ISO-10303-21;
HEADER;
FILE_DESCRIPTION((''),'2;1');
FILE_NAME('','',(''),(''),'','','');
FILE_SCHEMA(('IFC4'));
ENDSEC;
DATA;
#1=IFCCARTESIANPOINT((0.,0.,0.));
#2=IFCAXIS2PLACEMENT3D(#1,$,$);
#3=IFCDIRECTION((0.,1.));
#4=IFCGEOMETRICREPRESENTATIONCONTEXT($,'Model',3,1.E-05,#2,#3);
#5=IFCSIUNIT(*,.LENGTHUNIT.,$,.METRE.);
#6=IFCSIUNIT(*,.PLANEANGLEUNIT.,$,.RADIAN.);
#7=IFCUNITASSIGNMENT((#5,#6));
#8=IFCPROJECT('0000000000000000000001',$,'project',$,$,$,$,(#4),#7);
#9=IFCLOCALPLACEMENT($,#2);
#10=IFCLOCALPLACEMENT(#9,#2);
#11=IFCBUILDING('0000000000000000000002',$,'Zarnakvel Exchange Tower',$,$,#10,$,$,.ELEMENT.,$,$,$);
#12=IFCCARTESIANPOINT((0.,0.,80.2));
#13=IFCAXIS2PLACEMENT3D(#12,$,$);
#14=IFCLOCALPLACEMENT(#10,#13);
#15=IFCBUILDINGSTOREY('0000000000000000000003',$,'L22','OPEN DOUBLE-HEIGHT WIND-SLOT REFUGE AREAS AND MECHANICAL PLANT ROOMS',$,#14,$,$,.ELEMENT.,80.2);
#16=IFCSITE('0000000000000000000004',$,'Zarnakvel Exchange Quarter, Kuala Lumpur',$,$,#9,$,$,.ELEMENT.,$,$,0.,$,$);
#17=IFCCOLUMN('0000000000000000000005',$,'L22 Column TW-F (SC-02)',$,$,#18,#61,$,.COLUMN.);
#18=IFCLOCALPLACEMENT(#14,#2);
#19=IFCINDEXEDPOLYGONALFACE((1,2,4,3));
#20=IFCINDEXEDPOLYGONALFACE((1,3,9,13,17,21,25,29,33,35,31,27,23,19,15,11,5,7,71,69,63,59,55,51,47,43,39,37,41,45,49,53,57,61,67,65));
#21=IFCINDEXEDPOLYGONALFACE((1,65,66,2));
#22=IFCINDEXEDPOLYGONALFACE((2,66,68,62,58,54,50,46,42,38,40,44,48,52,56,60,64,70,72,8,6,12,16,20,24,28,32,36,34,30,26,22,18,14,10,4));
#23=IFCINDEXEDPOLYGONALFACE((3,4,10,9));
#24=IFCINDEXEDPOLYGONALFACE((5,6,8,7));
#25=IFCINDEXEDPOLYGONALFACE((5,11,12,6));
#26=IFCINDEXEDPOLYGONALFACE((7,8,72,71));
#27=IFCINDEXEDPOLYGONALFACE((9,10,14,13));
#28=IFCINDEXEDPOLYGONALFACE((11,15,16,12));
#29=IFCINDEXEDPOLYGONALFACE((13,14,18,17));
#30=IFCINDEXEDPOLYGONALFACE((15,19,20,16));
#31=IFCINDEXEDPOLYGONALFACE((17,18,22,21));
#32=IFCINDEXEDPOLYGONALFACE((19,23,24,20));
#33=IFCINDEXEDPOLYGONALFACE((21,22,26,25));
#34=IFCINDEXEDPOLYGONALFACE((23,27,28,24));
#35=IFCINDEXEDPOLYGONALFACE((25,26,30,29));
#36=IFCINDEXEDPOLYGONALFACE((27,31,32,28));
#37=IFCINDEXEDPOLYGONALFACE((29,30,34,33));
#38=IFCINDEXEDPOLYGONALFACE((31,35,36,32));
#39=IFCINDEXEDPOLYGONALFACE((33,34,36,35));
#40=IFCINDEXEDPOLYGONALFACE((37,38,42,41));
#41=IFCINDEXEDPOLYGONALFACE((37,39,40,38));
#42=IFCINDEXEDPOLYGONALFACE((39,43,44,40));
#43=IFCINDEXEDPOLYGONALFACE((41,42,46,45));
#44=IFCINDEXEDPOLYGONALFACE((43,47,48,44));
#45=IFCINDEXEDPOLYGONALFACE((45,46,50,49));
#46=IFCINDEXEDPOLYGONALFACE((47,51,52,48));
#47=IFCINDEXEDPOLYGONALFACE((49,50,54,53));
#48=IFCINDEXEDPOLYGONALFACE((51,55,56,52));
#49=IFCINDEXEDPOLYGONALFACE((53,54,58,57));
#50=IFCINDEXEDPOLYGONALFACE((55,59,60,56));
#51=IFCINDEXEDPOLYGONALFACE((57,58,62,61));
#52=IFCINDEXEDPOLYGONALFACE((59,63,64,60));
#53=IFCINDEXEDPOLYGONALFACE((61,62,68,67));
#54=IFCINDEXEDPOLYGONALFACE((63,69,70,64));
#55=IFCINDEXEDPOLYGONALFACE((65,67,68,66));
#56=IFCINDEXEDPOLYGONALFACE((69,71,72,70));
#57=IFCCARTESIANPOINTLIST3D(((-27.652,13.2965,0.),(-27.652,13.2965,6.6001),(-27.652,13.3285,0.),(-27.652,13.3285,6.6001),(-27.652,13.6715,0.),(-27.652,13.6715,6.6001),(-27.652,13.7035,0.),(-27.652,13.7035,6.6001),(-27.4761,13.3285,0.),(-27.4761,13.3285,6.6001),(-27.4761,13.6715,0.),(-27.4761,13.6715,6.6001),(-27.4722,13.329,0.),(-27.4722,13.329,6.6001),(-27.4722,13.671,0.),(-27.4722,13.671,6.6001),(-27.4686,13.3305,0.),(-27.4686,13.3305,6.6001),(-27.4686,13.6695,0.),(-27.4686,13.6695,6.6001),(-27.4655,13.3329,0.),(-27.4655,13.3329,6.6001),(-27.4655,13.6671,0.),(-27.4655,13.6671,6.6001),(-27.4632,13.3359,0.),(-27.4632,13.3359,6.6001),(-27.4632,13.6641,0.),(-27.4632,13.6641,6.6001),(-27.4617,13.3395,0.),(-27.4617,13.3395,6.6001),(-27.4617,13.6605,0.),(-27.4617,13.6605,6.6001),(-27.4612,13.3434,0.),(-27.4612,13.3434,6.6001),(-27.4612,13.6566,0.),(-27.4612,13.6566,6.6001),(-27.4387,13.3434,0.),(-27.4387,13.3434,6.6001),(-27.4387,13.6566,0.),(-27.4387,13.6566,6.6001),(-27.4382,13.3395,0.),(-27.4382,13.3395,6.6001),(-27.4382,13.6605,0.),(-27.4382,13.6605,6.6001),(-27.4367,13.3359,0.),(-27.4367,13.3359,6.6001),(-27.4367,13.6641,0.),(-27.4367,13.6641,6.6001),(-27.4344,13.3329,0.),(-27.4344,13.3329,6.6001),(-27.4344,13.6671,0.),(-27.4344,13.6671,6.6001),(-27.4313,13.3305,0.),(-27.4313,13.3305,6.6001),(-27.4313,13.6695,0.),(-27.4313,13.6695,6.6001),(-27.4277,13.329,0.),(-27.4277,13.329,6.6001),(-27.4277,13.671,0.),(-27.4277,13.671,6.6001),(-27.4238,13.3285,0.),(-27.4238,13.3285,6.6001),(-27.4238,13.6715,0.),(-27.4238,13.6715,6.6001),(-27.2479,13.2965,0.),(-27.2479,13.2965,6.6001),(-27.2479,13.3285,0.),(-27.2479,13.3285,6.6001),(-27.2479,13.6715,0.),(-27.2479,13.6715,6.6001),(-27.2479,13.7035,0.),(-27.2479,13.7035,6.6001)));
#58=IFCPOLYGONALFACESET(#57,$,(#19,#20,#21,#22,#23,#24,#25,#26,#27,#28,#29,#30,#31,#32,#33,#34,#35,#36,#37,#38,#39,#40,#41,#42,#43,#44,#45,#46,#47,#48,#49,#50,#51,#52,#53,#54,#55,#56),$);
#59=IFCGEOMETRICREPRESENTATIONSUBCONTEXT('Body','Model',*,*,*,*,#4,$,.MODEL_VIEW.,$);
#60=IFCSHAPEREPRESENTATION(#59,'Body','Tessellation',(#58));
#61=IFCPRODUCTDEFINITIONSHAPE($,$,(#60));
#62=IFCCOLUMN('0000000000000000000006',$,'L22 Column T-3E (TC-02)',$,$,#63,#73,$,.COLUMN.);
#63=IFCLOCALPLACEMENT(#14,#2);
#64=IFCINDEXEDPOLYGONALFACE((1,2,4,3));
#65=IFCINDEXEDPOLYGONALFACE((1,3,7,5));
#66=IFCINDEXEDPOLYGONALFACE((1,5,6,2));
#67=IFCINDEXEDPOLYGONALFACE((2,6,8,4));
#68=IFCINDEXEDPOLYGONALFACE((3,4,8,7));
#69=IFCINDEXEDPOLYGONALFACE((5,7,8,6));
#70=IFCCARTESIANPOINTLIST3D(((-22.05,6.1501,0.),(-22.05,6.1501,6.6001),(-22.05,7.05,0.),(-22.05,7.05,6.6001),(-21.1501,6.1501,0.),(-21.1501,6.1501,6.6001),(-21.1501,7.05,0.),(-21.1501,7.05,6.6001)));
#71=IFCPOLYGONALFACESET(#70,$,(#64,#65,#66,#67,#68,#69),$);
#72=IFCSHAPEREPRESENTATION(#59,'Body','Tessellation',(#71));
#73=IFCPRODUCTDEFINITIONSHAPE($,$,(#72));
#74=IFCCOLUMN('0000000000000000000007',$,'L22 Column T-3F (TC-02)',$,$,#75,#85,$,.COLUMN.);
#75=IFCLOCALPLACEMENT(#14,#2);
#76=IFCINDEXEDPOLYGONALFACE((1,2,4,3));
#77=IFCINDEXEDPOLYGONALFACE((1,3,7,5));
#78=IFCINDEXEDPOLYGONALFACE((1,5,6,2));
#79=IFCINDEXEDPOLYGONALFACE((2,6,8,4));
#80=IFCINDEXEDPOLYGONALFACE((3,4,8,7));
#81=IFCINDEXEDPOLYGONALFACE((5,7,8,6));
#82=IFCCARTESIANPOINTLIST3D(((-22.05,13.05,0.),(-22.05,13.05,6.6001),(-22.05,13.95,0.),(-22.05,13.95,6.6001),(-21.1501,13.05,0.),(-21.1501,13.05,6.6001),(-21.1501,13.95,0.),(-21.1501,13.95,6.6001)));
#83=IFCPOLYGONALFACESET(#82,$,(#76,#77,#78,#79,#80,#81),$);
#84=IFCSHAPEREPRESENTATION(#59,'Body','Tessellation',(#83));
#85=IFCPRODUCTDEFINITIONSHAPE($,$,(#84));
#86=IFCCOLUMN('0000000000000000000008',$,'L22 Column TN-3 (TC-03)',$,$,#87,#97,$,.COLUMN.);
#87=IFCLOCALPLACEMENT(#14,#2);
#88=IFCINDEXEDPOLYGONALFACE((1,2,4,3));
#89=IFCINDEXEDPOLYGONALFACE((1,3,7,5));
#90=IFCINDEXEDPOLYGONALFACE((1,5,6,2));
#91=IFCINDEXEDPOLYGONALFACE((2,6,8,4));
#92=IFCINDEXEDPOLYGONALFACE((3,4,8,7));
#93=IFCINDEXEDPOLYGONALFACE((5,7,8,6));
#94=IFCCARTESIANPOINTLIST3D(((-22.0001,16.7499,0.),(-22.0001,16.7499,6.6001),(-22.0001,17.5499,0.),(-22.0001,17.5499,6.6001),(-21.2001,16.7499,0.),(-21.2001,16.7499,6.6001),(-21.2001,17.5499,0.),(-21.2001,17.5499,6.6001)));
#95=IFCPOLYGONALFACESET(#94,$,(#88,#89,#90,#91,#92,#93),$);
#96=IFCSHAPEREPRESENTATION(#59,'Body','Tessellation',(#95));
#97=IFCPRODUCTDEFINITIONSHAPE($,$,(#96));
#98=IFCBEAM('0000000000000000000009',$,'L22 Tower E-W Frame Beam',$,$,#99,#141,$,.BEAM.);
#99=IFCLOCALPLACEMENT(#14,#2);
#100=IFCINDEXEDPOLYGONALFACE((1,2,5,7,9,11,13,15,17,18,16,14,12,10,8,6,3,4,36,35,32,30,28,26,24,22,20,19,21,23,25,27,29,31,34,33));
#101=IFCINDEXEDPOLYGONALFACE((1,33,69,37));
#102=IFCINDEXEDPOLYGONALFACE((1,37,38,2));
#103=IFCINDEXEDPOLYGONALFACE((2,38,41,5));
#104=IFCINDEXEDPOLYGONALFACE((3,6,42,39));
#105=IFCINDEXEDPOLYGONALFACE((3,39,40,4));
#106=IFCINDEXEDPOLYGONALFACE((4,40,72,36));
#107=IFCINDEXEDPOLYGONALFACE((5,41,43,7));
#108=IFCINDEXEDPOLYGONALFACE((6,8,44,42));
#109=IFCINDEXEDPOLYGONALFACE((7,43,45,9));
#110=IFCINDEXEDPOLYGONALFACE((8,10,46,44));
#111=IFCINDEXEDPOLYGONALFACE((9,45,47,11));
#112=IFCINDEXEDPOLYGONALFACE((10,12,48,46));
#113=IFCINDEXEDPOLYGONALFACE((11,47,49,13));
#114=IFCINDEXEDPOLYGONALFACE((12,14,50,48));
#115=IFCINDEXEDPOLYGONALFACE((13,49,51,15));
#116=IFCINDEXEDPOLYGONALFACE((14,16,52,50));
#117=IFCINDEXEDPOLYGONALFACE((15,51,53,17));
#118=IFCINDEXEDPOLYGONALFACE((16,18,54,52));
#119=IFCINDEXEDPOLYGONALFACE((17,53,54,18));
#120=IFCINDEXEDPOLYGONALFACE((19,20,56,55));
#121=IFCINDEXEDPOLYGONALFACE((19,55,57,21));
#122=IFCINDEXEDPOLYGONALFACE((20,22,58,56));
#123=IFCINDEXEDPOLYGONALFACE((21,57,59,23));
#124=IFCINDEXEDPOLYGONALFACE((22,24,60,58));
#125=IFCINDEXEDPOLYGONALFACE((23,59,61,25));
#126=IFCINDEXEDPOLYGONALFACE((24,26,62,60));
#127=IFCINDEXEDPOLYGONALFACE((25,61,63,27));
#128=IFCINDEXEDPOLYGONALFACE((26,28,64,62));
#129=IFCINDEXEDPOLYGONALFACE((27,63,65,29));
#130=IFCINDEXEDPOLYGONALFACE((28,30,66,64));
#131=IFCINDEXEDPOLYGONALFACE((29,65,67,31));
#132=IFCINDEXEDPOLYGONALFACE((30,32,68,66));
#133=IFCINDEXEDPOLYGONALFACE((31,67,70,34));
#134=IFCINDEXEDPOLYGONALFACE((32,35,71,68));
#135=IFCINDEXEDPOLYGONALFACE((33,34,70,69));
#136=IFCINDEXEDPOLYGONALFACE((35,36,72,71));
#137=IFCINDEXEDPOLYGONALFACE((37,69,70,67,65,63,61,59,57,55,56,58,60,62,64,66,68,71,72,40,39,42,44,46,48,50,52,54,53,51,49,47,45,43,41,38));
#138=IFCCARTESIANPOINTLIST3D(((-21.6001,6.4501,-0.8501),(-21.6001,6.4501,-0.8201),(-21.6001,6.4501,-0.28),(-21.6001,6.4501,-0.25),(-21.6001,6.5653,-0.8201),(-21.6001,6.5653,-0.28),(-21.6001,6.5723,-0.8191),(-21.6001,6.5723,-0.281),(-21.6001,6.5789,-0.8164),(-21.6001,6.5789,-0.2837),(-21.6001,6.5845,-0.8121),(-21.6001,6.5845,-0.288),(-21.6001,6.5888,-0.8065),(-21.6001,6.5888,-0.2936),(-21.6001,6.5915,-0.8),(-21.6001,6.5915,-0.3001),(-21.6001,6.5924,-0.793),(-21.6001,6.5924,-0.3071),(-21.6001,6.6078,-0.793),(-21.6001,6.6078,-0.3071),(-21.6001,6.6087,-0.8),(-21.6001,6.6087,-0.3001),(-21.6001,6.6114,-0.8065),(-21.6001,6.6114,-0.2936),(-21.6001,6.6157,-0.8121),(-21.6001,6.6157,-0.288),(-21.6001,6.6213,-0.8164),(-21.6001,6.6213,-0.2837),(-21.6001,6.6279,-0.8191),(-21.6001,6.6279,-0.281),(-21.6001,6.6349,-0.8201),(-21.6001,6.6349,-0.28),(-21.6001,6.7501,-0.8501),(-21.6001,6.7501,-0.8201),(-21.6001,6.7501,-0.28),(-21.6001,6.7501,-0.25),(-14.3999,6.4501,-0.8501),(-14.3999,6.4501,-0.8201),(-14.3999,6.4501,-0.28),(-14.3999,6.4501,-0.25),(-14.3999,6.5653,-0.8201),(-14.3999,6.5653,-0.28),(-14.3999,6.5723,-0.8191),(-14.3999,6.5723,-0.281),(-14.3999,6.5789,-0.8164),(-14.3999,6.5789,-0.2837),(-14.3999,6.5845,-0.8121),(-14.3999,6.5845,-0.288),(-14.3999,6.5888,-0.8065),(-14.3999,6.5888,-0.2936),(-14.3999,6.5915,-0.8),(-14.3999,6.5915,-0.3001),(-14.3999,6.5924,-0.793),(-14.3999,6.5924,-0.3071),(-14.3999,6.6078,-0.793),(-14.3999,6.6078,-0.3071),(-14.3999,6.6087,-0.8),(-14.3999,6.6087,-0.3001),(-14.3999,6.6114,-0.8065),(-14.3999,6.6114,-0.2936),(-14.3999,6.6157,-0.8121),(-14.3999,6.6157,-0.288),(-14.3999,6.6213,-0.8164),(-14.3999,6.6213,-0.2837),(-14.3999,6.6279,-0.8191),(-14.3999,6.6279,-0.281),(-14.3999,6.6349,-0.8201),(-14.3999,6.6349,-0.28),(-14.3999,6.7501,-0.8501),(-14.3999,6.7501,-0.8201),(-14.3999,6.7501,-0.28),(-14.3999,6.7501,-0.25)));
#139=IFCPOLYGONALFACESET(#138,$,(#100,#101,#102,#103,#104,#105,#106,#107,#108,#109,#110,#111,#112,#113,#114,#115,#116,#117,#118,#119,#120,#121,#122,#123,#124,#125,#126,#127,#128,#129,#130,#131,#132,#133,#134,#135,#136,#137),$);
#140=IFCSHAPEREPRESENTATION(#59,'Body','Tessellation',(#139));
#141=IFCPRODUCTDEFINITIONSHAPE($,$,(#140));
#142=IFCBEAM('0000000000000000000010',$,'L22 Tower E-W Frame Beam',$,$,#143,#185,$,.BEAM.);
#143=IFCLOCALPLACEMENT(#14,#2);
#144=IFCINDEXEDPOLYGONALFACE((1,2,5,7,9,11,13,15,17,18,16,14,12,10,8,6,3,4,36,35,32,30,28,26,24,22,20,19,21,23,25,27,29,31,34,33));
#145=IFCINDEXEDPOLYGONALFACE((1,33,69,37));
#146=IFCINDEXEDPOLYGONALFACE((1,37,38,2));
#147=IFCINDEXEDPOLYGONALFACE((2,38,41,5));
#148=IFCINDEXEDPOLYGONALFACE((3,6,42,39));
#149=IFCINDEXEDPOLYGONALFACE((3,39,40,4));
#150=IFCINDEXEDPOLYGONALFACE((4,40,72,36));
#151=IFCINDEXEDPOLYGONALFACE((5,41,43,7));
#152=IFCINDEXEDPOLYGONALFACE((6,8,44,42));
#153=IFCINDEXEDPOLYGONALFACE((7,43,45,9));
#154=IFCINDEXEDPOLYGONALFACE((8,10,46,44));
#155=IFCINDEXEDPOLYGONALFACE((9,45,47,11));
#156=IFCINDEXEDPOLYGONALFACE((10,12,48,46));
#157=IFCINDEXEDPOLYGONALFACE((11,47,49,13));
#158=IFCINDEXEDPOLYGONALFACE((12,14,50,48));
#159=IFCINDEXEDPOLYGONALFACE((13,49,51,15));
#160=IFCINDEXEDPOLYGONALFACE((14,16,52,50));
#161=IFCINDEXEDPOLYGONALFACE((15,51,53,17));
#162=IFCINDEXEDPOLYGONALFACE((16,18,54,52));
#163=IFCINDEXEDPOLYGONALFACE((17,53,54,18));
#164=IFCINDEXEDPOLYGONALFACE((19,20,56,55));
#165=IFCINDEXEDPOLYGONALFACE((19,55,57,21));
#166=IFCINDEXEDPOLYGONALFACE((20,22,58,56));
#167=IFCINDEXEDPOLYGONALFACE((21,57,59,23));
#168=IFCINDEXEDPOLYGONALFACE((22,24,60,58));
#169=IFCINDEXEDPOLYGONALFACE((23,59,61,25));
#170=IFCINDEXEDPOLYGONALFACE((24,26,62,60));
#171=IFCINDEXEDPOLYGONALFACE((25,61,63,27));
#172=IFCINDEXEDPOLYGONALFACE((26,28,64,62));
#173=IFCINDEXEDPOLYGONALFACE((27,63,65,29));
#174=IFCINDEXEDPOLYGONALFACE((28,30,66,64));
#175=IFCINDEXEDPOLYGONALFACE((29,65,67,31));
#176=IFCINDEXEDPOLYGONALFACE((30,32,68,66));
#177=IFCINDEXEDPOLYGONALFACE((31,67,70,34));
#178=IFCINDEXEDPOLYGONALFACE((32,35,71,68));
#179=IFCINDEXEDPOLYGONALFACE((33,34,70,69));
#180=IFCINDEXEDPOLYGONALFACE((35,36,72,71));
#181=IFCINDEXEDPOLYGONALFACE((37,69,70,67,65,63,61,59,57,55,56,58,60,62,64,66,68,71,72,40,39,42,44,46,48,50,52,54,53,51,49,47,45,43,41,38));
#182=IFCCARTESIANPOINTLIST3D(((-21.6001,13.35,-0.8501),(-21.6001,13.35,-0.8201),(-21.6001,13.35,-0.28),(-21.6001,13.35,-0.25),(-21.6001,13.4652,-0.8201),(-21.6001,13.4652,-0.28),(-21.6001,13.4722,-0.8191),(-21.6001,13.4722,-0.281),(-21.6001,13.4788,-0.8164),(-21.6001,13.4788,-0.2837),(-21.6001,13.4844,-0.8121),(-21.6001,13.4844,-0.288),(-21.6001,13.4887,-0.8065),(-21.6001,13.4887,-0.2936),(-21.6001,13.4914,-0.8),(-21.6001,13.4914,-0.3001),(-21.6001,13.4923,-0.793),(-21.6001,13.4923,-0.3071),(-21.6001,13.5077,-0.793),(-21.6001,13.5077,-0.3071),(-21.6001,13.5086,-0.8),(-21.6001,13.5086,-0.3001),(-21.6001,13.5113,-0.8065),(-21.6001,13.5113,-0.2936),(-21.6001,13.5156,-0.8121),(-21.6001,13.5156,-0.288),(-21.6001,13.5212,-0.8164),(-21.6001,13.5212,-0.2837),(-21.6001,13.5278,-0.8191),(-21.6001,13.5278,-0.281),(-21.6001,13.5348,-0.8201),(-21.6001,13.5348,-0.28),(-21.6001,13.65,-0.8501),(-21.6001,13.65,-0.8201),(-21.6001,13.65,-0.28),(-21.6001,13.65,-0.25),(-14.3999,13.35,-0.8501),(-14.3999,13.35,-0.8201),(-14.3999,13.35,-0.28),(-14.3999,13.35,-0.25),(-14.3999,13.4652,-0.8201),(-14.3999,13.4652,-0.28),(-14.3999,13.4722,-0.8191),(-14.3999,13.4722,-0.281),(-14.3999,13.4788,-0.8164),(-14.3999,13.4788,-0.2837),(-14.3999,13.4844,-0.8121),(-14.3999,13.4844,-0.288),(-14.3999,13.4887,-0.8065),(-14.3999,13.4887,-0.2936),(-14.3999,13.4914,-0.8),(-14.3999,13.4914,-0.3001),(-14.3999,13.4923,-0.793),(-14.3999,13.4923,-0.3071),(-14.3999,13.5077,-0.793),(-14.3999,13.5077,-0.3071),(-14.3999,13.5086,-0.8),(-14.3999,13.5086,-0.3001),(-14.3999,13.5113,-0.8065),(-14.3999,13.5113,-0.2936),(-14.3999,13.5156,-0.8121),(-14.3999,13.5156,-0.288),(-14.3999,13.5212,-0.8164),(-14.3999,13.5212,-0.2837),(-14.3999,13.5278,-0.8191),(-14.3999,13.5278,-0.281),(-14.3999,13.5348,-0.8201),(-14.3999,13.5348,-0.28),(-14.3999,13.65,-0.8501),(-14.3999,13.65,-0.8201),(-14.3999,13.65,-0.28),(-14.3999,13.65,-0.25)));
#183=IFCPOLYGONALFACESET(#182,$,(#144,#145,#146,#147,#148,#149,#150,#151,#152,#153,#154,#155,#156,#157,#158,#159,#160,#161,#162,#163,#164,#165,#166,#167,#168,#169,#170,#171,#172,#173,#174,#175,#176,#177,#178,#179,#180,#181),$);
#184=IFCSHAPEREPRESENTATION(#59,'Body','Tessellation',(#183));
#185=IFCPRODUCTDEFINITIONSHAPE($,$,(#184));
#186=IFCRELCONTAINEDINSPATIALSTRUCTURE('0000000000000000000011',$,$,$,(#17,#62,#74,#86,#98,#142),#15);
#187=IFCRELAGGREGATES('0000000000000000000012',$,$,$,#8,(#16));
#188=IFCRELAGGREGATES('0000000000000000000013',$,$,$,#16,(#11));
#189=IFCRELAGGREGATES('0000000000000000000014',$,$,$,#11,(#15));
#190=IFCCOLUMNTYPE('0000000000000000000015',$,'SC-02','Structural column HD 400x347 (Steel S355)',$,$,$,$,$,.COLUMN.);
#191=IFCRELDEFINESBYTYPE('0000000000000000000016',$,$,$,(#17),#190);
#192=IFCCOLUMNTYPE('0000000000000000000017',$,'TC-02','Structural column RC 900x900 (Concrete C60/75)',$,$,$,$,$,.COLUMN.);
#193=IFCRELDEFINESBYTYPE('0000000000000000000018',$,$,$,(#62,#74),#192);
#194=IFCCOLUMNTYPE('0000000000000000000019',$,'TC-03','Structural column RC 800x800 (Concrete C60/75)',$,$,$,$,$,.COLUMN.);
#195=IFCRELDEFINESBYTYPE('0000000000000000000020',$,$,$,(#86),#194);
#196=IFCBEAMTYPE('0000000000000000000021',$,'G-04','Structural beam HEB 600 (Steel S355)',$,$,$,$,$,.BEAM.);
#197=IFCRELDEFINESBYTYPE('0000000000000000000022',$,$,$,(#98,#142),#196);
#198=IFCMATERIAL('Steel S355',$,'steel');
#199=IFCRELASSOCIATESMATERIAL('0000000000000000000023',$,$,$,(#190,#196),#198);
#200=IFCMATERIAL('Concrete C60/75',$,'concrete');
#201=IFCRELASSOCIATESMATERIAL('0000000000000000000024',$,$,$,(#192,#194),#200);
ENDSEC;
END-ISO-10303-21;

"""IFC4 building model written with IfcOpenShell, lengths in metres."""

from ifc_helpers import new_model, si_unit, direction, frame, origin, origin_2d, place, context, subcontext, project, spatial, rectangle, i_section, extrude, material, material_profile, profile_set, type_object, element, save


model = new_model("IFC4")

# Units and contexts
model_context = context("Model", 3, precision=1e-05, world=origin(), true_north=direction((0.0, 1.0)))
body_context = subcontext(model_context, "Body", "Model", "MODEL_VIEW")
ifc_project = project(units=[si_unit("LENGTHUNIT", "METRE"), si_unit("PLANEANGLEUNIT", "RADIAN")], contexts=[model_context])

# Site, building, storey
site_placement = place(None, origin())
site = spatial("IfcSite", under=ifc_project, at=site_placement, Name="Zarnakvel Exchange Quarter, Kuala Lumpur", CompositionType="ELEMENT", RefElevation=0.0)
building_placement = place(site_placement, origin())
building = spatial("IfcBuilding", under=site, at=building_placement, Name="Zarnakvel Exchange Tower", CompositionType="ELEMENT")
storey_placement = place(building_placement, frame((0.0, 0.0, 80.2)))
storey = spatial("IfcBuildingStorey", under=building, at=storey_placement, Name="L22", Description="OPEN DOUBLE-HEIGHT WIND-SLOT REFUGE AREAS AND MECHANICAL PLANT ROOMS", CompositionType="ELEMENT", Elevation=80.2)

# Columns
ifc_material_1 = material(Name="Steel S355", Category="steel")
ifc_material_profile_1 = material_profile(ifc_material_1, i_section(OverallWidth=0.4041, OverallDepth=0.407, WebThickness=0.0225, FlangeThickness=0.032, FilletRadius=0.0149, at=origin_2d()))
ifc_profile_set_1 = profile_set([ifc_material_profile_1], Name="Steel S355")
column_type_1 = type_object("IfcColumnType", Name="SC-02", Description="Structural column HD 400x347 (Steel S355)", PredefinedType="COLUMN", material=ifc_profile_set_1)
column_1_placement = place(storey_placement, frame((-27.45, 13.5, 0.0), z_axis=(0.0, 0.0, 1.0), x_axis=(1.0, 0.0, 0.0)))
element("IfcColumn", 1, at=column_1_placement, inside=storey, type_object=column_type_1, Name="L22 Column TW-F (SC-02)", PredefinedType="COLUMN", context=body_context, shape_type="SweptSolid", body=[
    extrude(i_section(OverallWidth=0.4041, OverallDepth=0.407, WebThickness=0.0225, FlangeThickness=0.032, FilletRadius=0.0149, at=origin_2d()), origin(), (0.0, 0.0, 1.0), 6.6001),
])
ifc_material_2 = material(Name="Concrete C60/75", Category="concrete")
ifc_material_profile_2 = material_profile(ifc_material_2, rectangle(XDim=0.8999, YDim=0.8999, at=origin_2d()))
ifc_profile_set_2 = profile_set([ifc_material_profile_2], Name="Concrete C60/75")
column_type_2 = type_object("IfcColumnType", Name="TC-02", Description="Structural column RC 900x900 (Concrete C60/75)", PredefinedType="COLUMN", material=ifc_profile_set_2)
for number, where, z_axis, x_axis, name in (
    (2, (-21.6001, 6.6001, 0.0), (0.0, 0.0, 1.0), (1.0, 0.0, 0.0), "L22 Column T-3E (TC-02)"),
    (3, (-21.6001, 13.5, 0.0), (0.0, 0.0, 1.0), (1.0, 0.0, 0.0), "L22 Column T-3F (TC-02)"),
):
    element("IfcColumn", number, at=place(storey_placement, frame(where, z_axis=z_axis, x_axis=x_axis)), inside=storey, type_object=column_type_2, Name=name, PredefinedType="COLUMN", context=body_context, shape_type="SweptSolid", body=[
        extrude(rectangle(XDim=0.8999, YDim=0.8999, at=origin_2d()), origin(), (0.0, 0.0, 1.0), 6.6001),
    ])
ifc_material_profile_3 = material_profile(ifc_material_2, rectangle(XDim=0.8, YDim=0.8, at=origin_2d()))
ifc_profile_set_3 = profile_set([ifc_material_profile_3], Name="Concrete C60/75")
column_type_3 = type_object("IfcColumnType", Name="TC-03", Description="Structural column RC 800x800 (Concrete C60/75)", PredefinedType="COLUMN", material=ifc_profile_set_3)
column_2_placement = place(storey_placement, frame((-21.6001, 17.1499, 0.0), z_axis=(0.0, 0.0, 1.0), x_axis=(1.0, 0.0, 0.0)))
element("IfcColumn", 4, at=column_2_placement, inside=storey, type_object=column_type_3, Name="L22 Column TN-3 (TC-03)", PredefinedType="COLUMN", context=body_context, shape_type="SweptSolid", body=[
    extrude(rectangle(XDim=0.8, YDim=0.8, at=origin_2d()), origin(), (0.0, 0.0, 1.0), 6.6001),
])

# Beams
ifc_material_profile_4 = material_profile(ifc_material_1, i_section(OverallWidth=0.3, OverallDepth=0.6001, WebThickness=0.0154, FlangeThickness=0.03, FilletRadius=0.0271, at=origin_2d()))
ifc_profile_set_4 = profile_set([ifc_material_profile_4], Name="Steel S355")
beam_type_1 = type_object("IfcBeamType", Name="G-04", Description="Structural beam HEB 600 (Steel S355)", PredefinedType="BEAM", material=ifc_profile_set_4)
for number, where, z_axis, x_axis, name in (
    (5, (-21.6001, 6.6001, -0.55), (1.0, 0.0, 0.0), (0.0, 1.0, 0.0), "L22 Tower E-W Frame Beam"),
    (6, (-21.6001, 13.5, -0.55), (1.0, 0.0, 0.0), (0.0, 1.0, 0.0), "L22 Tower E-W Frame Beam"),
):
    element("IfcBeam", number, at=place(storey_placement, frame(where, z_axis=z_axis, x_axis=x_axis)), inside=storey, type_object=beam_type_1, Name=name, PredefinedType="BEAM", context=body_context, shape_type="SweptSolid", body=[
        extrude(i_section(OverallWidth=0.3, OverallDepth=0.6001, WebThickness=0.0154, FlangeThickness=0.03, FilletRadius=0.0271, at=origin_2d()), origin(), (0.0, 0.0, 1.0), 7.2002),
    ])

save(model, "model.ifc")
